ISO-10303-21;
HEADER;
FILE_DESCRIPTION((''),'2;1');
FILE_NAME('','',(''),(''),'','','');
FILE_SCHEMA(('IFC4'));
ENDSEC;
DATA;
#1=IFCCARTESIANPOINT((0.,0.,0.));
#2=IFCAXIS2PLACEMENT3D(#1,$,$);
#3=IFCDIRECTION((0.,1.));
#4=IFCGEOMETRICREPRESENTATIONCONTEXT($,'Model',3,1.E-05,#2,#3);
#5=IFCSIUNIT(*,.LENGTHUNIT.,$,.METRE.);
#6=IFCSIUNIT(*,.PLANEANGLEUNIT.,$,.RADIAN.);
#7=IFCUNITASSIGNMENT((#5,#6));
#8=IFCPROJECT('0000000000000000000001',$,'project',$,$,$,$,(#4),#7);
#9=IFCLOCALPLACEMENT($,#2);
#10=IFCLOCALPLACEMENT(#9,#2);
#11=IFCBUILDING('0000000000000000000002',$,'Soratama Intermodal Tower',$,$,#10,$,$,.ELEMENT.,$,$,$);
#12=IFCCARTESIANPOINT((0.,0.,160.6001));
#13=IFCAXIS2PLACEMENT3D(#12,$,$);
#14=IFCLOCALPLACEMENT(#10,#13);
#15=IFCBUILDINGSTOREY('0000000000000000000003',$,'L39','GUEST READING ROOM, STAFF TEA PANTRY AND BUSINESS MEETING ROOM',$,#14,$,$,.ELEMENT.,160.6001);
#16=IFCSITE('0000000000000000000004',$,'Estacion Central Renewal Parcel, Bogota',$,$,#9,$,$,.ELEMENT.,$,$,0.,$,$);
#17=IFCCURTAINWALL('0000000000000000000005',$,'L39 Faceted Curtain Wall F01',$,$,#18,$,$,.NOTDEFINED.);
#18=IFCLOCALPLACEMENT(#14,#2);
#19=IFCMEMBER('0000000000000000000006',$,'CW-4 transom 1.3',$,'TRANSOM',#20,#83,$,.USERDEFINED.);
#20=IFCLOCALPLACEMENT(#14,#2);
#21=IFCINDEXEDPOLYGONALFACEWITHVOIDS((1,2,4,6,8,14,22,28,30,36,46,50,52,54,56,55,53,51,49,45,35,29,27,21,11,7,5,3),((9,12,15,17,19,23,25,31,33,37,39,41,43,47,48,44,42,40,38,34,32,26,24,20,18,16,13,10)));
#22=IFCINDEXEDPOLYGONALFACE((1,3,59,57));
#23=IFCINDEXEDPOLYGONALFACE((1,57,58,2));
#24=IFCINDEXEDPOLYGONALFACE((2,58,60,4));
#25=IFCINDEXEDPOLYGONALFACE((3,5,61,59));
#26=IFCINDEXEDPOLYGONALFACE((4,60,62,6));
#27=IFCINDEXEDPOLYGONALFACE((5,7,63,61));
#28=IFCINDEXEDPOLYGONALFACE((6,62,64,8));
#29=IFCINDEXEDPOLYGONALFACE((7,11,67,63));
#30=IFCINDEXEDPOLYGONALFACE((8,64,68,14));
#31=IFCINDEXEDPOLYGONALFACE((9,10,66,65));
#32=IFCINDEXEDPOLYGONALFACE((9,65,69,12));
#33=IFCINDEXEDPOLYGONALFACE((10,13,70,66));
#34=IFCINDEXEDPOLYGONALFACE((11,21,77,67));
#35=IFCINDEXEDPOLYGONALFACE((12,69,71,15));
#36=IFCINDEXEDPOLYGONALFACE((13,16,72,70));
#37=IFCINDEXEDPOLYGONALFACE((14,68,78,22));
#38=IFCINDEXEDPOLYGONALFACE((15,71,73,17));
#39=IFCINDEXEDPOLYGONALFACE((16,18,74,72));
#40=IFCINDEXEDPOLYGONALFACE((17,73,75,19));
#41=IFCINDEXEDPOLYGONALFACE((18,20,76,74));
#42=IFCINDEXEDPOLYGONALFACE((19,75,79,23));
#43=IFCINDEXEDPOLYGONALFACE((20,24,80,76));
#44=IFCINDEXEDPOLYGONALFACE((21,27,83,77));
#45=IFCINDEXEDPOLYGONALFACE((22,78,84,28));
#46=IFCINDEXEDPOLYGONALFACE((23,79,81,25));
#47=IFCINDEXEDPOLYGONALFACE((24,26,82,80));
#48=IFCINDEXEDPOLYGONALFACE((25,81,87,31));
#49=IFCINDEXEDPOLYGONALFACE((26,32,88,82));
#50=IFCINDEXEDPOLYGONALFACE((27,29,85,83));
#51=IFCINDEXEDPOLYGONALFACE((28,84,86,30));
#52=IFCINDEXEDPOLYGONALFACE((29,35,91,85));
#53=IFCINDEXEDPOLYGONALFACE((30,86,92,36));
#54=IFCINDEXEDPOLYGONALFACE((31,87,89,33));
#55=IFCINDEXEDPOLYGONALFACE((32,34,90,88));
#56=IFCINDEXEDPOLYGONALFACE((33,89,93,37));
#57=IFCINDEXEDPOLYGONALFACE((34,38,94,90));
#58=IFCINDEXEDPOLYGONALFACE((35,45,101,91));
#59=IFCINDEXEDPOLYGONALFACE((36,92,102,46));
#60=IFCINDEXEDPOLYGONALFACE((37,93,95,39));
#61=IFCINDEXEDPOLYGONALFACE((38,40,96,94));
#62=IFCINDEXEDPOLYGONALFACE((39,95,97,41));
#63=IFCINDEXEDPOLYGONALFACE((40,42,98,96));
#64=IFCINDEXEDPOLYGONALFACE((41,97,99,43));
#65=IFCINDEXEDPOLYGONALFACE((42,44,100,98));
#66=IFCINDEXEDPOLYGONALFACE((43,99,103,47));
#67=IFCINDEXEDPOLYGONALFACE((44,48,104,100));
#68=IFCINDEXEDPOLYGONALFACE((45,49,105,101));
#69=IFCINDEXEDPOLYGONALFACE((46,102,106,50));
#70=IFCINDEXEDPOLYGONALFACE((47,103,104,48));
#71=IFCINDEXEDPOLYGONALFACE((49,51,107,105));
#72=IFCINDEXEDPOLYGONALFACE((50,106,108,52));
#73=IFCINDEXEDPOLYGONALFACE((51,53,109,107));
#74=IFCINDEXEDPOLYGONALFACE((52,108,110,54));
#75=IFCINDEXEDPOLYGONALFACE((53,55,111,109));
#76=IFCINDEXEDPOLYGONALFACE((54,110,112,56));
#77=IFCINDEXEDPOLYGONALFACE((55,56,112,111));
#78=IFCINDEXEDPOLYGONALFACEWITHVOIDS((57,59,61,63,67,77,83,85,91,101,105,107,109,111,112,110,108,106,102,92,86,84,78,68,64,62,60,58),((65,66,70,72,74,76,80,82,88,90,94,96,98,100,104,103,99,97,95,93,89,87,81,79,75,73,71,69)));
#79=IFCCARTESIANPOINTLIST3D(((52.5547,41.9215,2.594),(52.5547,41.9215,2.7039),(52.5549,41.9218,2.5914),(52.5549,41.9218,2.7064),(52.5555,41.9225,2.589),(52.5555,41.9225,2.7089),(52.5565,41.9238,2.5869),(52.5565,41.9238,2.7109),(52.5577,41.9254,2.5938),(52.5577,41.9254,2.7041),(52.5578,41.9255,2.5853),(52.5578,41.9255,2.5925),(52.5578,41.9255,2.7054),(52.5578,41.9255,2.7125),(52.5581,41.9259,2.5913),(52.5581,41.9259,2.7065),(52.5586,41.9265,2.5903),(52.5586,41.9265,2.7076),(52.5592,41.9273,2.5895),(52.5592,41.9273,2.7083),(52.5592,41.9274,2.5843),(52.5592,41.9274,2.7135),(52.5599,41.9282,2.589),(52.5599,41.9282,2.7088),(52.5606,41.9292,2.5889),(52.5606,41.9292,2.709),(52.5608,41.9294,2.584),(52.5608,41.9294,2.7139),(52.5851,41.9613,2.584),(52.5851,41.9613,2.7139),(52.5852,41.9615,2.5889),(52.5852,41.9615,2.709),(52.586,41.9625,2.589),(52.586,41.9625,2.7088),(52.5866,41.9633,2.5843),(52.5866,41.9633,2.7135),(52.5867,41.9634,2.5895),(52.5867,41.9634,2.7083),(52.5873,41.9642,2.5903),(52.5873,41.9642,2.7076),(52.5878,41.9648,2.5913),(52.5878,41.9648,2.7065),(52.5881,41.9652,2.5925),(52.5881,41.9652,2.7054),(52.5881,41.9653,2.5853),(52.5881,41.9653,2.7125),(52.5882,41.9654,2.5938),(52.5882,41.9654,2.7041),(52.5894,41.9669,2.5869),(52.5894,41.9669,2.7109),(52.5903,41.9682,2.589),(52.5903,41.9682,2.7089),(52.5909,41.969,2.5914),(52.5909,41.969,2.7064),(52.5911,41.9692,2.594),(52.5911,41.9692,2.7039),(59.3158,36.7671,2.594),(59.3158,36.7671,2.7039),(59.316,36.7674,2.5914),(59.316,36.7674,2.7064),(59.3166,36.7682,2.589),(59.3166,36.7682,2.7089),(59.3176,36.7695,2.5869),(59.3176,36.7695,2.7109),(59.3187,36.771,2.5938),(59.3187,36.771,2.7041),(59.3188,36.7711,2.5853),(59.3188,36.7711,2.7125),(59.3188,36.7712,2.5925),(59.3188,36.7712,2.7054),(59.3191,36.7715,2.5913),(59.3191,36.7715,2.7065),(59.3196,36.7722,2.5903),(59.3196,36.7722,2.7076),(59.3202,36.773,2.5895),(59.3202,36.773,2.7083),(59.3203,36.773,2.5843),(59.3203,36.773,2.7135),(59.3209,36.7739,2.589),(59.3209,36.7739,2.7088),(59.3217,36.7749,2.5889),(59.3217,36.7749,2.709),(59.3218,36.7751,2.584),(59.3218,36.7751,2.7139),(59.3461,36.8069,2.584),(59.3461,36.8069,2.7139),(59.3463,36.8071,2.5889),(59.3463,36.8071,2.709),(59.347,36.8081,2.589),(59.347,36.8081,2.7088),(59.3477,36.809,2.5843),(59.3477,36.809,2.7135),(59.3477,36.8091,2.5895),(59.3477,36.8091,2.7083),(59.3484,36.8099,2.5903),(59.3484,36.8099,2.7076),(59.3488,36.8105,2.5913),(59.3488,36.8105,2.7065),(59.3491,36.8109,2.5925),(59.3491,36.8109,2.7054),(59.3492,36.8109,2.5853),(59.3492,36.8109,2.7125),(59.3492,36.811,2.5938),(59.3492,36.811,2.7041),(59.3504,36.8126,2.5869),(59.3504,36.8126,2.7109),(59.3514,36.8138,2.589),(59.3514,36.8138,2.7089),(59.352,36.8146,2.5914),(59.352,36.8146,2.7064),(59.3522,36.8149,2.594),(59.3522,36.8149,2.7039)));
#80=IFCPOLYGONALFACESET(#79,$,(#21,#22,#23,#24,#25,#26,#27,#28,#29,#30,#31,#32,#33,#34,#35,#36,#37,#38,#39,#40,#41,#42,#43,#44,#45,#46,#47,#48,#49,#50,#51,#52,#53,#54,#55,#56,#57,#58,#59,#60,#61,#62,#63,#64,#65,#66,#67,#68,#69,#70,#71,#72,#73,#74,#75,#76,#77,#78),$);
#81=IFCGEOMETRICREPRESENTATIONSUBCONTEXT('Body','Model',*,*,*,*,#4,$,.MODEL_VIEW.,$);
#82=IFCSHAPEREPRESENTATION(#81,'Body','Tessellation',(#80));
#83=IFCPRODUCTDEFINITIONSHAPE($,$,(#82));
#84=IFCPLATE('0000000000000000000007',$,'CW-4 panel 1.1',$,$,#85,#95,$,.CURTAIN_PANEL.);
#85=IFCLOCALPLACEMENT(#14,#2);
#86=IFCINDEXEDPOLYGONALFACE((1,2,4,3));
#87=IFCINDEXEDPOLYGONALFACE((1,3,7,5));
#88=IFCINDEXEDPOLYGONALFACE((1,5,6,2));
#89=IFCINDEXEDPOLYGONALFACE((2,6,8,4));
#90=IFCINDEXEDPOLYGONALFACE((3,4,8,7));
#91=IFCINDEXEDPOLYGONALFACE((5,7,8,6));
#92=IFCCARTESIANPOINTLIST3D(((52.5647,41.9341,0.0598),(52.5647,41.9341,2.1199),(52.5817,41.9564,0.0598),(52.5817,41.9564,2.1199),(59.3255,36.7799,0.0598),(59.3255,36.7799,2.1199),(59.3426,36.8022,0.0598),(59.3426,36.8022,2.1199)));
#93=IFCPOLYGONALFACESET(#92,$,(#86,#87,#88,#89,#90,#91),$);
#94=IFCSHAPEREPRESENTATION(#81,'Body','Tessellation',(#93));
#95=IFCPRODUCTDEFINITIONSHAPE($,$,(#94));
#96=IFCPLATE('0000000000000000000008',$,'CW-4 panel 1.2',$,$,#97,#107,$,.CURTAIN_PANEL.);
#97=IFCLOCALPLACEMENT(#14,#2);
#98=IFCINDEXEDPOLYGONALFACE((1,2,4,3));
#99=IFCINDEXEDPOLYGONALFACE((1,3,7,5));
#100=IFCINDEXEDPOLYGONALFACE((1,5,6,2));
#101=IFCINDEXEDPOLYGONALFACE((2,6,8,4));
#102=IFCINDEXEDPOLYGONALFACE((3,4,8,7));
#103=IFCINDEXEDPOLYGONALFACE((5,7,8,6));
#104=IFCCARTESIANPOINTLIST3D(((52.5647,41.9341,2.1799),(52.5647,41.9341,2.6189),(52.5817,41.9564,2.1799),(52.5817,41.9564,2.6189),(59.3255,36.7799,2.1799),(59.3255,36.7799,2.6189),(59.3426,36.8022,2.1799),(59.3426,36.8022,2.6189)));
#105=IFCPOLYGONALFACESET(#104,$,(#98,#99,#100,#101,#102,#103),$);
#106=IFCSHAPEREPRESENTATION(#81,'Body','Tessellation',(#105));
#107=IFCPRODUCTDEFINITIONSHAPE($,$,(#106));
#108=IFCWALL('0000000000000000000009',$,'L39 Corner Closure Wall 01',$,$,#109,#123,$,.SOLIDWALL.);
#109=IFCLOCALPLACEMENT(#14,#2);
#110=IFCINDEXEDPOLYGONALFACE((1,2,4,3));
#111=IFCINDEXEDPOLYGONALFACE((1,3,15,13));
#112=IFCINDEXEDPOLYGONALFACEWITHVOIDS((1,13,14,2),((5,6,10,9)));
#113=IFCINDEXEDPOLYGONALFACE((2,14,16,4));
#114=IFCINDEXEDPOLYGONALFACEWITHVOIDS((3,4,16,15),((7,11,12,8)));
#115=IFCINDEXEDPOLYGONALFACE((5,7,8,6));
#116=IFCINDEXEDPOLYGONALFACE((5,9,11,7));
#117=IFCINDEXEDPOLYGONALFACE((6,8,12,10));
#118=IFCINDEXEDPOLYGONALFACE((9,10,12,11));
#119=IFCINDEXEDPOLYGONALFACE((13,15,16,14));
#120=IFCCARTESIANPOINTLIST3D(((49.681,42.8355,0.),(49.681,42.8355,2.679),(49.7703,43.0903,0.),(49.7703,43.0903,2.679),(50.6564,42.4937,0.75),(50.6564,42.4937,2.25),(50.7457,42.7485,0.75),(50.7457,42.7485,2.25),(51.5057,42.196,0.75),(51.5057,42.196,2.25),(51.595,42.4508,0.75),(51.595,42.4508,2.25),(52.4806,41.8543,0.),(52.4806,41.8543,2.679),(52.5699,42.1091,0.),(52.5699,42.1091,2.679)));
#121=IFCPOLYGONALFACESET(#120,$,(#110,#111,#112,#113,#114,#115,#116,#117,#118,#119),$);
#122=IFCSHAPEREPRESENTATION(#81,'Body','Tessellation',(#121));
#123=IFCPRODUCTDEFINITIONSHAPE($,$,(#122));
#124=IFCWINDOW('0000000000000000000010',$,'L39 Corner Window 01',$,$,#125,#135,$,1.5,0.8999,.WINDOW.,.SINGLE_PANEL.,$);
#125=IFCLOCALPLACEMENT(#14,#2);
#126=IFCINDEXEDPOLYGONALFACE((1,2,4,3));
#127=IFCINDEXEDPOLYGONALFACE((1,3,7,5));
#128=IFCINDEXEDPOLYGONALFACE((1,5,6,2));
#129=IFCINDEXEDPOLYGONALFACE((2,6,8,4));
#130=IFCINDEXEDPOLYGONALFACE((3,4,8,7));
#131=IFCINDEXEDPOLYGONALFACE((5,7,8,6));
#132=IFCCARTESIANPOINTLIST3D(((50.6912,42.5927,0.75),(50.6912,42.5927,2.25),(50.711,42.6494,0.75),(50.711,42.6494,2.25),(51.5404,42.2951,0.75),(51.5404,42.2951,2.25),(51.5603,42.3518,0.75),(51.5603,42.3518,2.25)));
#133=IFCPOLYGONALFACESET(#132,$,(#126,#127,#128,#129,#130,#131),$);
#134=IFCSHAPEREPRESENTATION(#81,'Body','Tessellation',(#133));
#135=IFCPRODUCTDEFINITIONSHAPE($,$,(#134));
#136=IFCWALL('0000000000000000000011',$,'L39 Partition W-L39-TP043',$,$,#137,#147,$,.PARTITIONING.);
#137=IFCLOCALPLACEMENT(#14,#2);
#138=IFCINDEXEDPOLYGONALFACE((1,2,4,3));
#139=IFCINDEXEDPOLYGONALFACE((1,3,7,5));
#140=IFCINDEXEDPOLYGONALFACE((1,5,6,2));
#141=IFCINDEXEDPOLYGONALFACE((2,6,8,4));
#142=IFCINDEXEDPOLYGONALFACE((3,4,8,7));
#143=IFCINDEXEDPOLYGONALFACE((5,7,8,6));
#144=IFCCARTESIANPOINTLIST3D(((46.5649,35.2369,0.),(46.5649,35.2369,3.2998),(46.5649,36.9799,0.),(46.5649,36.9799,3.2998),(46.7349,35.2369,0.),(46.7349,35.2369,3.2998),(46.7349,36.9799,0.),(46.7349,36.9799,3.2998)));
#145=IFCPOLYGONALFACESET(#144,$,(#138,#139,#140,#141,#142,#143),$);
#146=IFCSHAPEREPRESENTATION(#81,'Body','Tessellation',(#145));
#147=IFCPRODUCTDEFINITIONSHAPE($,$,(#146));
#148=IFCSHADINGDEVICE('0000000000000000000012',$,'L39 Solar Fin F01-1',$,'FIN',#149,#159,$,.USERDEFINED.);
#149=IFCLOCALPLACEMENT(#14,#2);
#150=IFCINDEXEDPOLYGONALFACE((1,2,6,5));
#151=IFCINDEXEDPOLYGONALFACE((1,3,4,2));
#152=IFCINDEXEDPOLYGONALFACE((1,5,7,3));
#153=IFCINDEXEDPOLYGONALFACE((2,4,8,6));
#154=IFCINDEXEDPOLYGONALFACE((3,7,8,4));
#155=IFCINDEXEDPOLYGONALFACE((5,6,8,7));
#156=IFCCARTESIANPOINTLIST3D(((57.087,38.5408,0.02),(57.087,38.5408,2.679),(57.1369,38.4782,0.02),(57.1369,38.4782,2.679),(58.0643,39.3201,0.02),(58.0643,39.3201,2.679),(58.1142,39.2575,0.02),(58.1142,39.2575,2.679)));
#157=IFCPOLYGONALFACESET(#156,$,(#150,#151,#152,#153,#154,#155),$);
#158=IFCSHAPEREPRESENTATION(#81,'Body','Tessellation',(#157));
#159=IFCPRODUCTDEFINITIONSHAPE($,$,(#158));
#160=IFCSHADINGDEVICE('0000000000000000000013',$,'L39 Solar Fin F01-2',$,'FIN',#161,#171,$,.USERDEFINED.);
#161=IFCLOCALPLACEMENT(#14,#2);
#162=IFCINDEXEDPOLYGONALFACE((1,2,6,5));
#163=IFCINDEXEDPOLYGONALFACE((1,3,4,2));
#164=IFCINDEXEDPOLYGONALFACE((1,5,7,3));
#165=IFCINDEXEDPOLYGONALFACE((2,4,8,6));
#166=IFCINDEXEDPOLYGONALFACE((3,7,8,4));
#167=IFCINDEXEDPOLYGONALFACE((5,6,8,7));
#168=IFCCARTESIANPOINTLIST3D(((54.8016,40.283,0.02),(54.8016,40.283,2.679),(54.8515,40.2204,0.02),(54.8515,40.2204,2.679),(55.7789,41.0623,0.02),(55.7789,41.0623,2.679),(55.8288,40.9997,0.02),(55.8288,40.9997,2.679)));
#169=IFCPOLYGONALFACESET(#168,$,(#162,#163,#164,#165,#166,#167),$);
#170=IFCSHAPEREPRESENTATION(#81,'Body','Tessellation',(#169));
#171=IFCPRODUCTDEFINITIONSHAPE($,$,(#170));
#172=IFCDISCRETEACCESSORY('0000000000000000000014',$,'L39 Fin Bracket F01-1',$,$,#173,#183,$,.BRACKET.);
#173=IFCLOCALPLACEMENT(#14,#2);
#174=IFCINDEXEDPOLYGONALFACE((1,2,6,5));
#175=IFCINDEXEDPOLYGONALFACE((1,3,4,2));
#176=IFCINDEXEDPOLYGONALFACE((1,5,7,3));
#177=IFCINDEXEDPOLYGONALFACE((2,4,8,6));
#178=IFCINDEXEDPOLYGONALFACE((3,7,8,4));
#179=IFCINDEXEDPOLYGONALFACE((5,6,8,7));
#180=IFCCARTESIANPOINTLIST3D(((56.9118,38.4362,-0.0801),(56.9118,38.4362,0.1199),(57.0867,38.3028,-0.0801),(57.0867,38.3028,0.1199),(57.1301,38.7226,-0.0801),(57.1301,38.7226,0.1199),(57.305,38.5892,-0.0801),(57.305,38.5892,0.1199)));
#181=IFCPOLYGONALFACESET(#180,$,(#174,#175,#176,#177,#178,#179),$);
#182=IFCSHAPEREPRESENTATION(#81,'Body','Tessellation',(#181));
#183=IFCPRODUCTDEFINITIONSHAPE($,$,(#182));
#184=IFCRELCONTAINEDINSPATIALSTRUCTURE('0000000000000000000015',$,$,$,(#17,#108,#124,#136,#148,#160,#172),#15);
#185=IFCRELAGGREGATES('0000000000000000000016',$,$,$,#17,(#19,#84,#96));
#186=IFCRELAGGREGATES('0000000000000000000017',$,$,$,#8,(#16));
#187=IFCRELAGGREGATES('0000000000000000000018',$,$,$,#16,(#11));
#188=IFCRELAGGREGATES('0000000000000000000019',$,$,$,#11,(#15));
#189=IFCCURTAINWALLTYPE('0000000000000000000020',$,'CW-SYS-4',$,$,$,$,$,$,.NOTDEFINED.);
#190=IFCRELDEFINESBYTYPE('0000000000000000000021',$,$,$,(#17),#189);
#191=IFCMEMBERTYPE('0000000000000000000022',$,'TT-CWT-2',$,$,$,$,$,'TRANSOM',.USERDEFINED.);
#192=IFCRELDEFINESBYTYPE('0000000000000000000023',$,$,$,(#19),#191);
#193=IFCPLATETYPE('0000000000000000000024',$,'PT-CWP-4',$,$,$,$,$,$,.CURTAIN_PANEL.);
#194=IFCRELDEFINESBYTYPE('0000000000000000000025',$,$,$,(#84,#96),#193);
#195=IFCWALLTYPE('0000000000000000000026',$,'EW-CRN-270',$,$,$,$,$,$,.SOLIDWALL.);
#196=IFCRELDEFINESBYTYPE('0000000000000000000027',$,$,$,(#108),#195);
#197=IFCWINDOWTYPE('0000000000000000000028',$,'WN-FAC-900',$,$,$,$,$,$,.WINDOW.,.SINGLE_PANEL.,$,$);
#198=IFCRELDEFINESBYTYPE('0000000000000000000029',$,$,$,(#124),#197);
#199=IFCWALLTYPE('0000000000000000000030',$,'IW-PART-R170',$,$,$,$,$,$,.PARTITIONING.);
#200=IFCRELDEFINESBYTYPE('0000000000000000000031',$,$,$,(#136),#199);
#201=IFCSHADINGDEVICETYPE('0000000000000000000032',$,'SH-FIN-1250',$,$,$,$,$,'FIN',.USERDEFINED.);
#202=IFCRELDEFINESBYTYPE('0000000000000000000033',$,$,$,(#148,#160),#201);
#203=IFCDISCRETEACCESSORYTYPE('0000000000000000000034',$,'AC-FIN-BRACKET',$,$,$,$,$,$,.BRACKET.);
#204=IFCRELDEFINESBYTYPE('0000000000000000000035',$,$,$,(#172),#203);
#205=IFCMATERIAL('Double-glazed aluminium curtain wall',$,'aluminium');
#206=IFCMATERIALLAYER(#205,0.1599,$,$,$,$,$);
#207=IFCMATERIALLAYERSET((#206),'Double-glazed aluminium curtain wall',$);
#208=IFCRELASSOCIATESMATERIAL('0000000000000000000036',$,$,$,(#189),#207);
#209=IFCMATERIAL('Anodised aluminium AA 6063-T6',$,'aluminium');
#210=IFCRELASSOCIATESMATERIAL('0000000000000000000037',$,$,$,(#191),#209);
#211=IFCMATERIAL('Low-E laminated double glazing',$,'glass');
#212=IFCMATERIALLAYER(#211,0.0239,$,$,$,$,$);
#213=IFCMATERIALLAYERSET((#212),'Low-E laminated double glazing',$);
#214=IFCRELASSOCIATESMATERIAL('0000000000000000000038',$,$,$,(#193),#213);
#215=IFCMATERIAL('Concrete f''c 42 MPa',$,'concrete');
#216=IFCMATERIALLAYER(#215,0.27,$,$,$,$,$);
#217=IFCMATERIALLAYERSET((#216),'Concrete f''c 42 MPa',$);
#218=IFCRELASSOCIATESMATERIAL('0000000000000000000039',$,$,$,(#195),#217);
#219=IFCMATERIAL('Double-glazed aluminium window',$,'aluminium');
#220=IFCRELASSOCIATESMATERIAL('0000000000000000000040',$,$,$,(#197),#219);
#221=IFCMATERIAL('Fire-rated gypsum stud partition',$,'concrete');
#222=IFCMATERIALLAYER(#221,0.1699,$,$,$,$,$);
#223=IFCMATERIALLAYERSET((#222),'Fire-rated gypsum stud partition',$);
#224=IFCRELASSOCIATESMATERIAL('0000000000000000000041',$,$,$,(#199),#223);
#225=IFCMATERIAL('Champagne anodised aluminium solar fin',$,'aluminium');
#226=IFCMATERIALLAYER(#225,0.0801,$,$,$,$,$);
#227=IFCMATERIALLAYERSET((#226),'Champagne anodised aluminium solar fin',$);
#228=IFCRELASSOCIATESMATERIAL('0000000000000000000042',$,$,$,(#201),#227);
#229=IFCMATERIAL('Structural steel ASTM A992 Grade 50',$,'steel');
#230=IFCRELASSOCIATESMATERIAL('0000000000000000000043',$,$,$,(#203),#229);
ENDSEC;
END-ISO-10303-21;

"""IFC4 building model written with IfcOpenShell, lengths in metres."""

from ifc_helpers import new_model, si_unit, direction, frame, frame_2d, origin, origin_2d, place, context, subcontext, project, spatial, rectangle, hollow_rectangle, extrude, material, layer, layer_set, material_profile, profile_set, type_object, element, fill, aggregate, save


model = new_model("IFC4")

# Units and contexts
model_context = context("Model", 3, precision=1e-05, world=origin(), true_north=direction((0.0, 1.0)))
body_context = subcontext(model_context, "Body", "Model", "MODEL_VIEW")
ifc_project = project(units=[si_unit("LENGTHUNIT", "METRE"), si_unit("PLANEANGLEUNIT", "RADIAN")], contexts=[model_context])

# Site, building, storey
site_placement = place(None, origin())
site = spatial("IfcSite", under=ifc_project, at=site_placement, Name="Estacion Central Renewal Parcel, Bogota", CompositionType="ELEMENT", RefElevation=0.0)
building_placement = place(site_placement, origin())
building = spatial("IfcBuilding", under=site, at=building_placement, Name="Soratama Intermodal Tower", CompositionType="ELEMENT")
storey_placement = place(building_placement, frame((0.0, 0.0, 160.6001)))
storey = spatial("IfcBuildingStorey", under=building, at=storey_placement, Name="L39", Description="GUEST READING ROOM, STAFF TEA PANTRY AND BUSINESS MEETING ROOM", CompositionType="ELEMENT", Elevation=160.6001)

# Curtain wall, member, plates
ifc_material_1 = material(Name="Double-glazed aluminium curtain wall", Category="aluminium")
ifc_layer_1 = layer(ifc_material_1, 0.1599)
ifc_layer_set_1 = layer_set([ifc_layer_1], Name="Double-glazed aluminium curtain wall")
curtain_wall_type = type_object("IfcCurtainWallType", Name="CW-SYS-4", PredefinedType="NOTDEFINED", material=ifc_layer_set_1)
curtain_wall_placement = place(storey_placement, origin())
curtain_wall = element("IfcCurtainWall", 1, at=curtain_wall_placement, inside=storey, type_object=curtain_wall_type, Name="L39 Faceted Curtain Wall F01", PredefinedType="NOTDEFINED")
ifc_material_2 = material(Name="Anodised aluminium AA 6063-T6", Category="aluminium")
ifc_material_profile_1 = material_profile(ifc_material_2, hollow_rectangle(XDim=0.0601, YDim=0.1299, WallThickness=0.0049, InnerFilletRadius=0.0049, OuterFilletRadius=0.01, at=origin_2d()), Name="CWT130X60X5")
ifc_profile_set_1 = profile_set([ifc_material_profile_1], Name="Anodised aluminium AA 6063-T6")
member_type_1 = type_object("IfcMemberType", Name="TT-CWT-2", ElementType="TRANSOM", PredefinedType="USERDEFINED", material=ifc_profile_set_1)
member_1_placement = place(storey_placement, frame((59.334, 36.791, 2.6489), z_axis=(-0.795258, 0.606272, 0.0), x_axis=(-0.606272, -0.795258, 0.0)))
member_1 = element("IfcMember", 2, at=member_1_placement, type_object=member_type_1, Name="CW-4 transom 1.3", ObjectType="TRANSOM", PredefinedType="USERDEFINED", context=body_context, shape_type="SweptSolid", body=[
    extrude(hollow_rectangle(XDim=0.0601, YDim=0.1299, WallThickness=0.0049, InnerFilletRadius=0.0049, OuterFilletRadius=0.01, at=origin_2d()), origin(), (0.0, 0.0, 1.0), 8.5017),
])
ifc_material_3 = material(Name="Low-E laminated double glazing", Category="glass")
ifc_layer_2 = layer(ifc_material_3, 0.0239)
ifc_layer_set_2 = layer_set([ifc_layer_2], Name="Low-E laminated double glazing")
plate_type = type_object("IfcPlateType", Name="PT-CWP-4", PredefinedType="CURTAIN_PANEL", material=ifc_layer_set_2)
plate_1_placement = place(storey_placement, frame((55.9536, 39.3682, 0.0598), z_axis=(0.0, 0.0, 1.0), x_axis=(-0.79526, 0.606269, 0.0)))
plate_1 = element("IfcPlate", 3, at=plate_1_placement, type_object=plate_type, Name="CW-4 panel 1.1", PredefinedType="CURTAIN_PANEL", context=body_context, shape_type="SweptSolid", body=[
    extrude(rectangle(XDim=8.5015, YDim=0.0281, at=origin_2d()), origin(), (0.0, 0.0, 1.0), 2.0601),
])
plate_2_placement = place(storey_placement, frame((55.9536, 39.3682, 2.1799), z_axis=(0.0, 0.0, 1.0), x_axis=(-0.79526, 0.606269, 0.0)))
plate_2 = element("IfcPlate", 4, at=plate_2_placement, type_object=plate_type, Name="CW-4 panel 1.2", PredefinedType="CURTAIN_PANEL", context=body_context, shape_type="SweptSolid", body=[
    extrude(rectangle(XDim=8.5015, YDim=0.0281, at=origin_2d()), origin(), (0.0, 0.0, 1.0), 0.439),
])
aggregate(curtain_wall, [member_1, plate_1, plate_2])

# Wall, opening, window
ifc_material_4 = material(Name="Concrete f'c 42 MPa", Category="concrete")
ifc_layer_3 = layer(ifc_material_4, 0.27)
ifc_layer_set_3 = layer_set([ifc_layer_3], Name="Concrete f'c 42 MPa")
wall_type_1 = type_object("IfcWallType", Name="EW-CRN-270", PredefinedType="SOLIDWALL", material=ifc_layer_set_3)
wall_1_placement = place(storey_placement, frame((52.5254, 41.9817, 0.0), z_axis=(0.0, 0.0, 1.0), x_axis=(-0.943716, 0.330757, 0.0)))
wall_1 = element("IfcWall", 5, at=wall_1_placement, inside=storey, type_object=wall_type_1, Name="L39 Corner Closure Wall 01", PredefinedType="SOLIDWALL", context=body_context, shape_type="SweptSolid", body=[
    extrude(rectangle(XDim=2.9666, YDim=0.27, at=frame_2d((1.4834, 0.0))), origin(), (0.0, 0.0, 1.0), 2.679),
])
opening_1_placement = place(wall_1_placement, frame((1.0332, 0.0, 0.75)))
opening_1 = element("IfcOpeningElement", 6, at=opening_1_placement, cuts=wall_1, PredefinedType="OPENING", context=body_context, shape_type="SweptSolid", body=[
    extrude(rectangle(XDim=0.8999, YDim=1.5, at=frame_2d((0.45, 0.75))), frame((0.0, 0.145, 0.0), z_axis=(0.0, -1.0, 0.0), x_axis=(1.0, 0.0, 0.0)), (0.0, 0.0, 1.0), 0.29),
])
ifc_material_5 = material(Name="Double-glazed aluminium window", Category="aluminium")
window_type_1 = type_object("IfcWindowType", Name="WN-FAC-900", PartitioningType="SINGLE_PANEL", PredefinedType="WINDOW", material=ifc_material_5)
window_1_placement = place(opening_1_placement, origin())
window_1 = element("IfcWindow", 7, at=window_1_placement, inside=storey, type_object=window_type_1, Name="L39 Corner Window 01", OverallHeight=1.5, OverallWidth=0.8999, PartitioningType="SINGLE_PANEL", PredefinedType="WINDOW", context=body_context, shape_type="SweptSolid", body=[
    extrude(rectangle(XDim=0.8999, YDim=1.5, at=frame_2d((0.45, 0.75))), frame((0.0, 0.03, 0.0), z_axis=(0.0, -1.0, 0.0), x_axis=(1.0, 0.0, 0.0)), (0.0, 0.0, 1.0), 0.0601),
])
fill(opening_1, window_1)

# Wall
ifc_material_6 = material(Name="Fire-rated gypsum stud partition", Category="concrete")
ifc_layer_4 = layer(ifc_material_6, 0.1699)
ifc_layer_set_4 = layer_set([ifc_layer_4], Name="Fire-rated gypsum stud partition")
wall_type_2 = type_object("IfcWallType", Name="IW-PART-R170", PredefinedType="PARTITIONING", material=ifc_layer_set_4)
wall_2_placement = place(storey_placement, frame((46.6499, 36.98, 0.0), z_axis=(0.0, 0.0, 1.0), x_axis=(0.0, -1.0, 0.0)))
element("IfcWall", 8, at=wall_2_placement, inside=storey, type_object=wall_type_2, Name="L39 Partition W-L39-TP043", PredefinedType="PARTITIONING", context=body_context, shape_type="SweptSolid", body=[
    extrude(rectangle(XDim=1.7429, YDim=0.1699, at=frame_2d((0.8716, 0.0))), origin(), (0.0, 0.0, 1.0), 3.2998),
])

# Shading devices
ifc_material_7 = material(Name="Champagne anodised aluminium solar fin", Category="aluminium")
ifc_layer_5 = layer(ifc_material_7, 0.0801)
ifc_layer_set_5 = layer_set([ifc_layer_5], Name="Champagne anodised aluminium solar fin")
shading_device_type = type_object("IfcShadingDeviceType", Name="SH-FIN-1250", ElementType="FIN", PredefinedType="USERDEFINED", material=ifc_layer_set_5)
for number, where, z_axis, x_axis, name in (
    (9, (57.6006, 38.8992, 0.02), (0.0, 0.0, 1.0), (0.781847, 0.62347, 0.0), "L39 Solar Fin F01-1"),
    (10, (55.3152, 40.6414, 0.02), (0.0, 0.0, 1.0), (0.781847, 0.62347, 0.0), "L39 Solar Fin F01-2"),
):
    element("IfcShadingDevice", number, at=place(storey_placement, frame(where, z_axis=z_axis, x_axis=x_axis)), inside=storey, type_object=shading_device_type, Name=name, ObjectType="FIN", PredefinedType="USERDEFINED", context=body_context, shape_type="SweptSolid", body=[
        extrude(rectangle(XDim=1.25, YDim=0.0801, at=origin_2d()), origin(), (0.0, 0.0, 1.0), 2.6589),
    ])

# Discrete accessory
ifc_material_8 = material(Name="Structural steel ASTM A992 Grade 50", Category="steel")
discrete_accessory_type = type_object("IfcDiscreteAccessoryType", Name="AC-FIN-BRACKET", PredefinedType="BRACKET", material=ifc_material_8)
for number, where, z_axis, x_axis, name in (
    (11, (57.1084, 38.5127, -0.0801), (0.0, 0.0, 1.0), (0.606266, 0.795262, 0.0), "L39 Fin Bracket F01-1"),
):
    element("IfcDiscreteAccessory", number, at=place(storey_placement, frame(where, z_axis=z_axis, x_axis=x_axis)), inside=storey, type_object=discrete_accessory_type, Name=name, PredefinedType="BRACKET", context=body_context, shape_type="SweptSolid", body=[
        extrude(rectangle(XDim=0.3601, YDim=0.22, at=origin_2d()), origin(), (0.0, 0.0, 1.0), 0.2),
    ])

save(model, "model.ifc")
